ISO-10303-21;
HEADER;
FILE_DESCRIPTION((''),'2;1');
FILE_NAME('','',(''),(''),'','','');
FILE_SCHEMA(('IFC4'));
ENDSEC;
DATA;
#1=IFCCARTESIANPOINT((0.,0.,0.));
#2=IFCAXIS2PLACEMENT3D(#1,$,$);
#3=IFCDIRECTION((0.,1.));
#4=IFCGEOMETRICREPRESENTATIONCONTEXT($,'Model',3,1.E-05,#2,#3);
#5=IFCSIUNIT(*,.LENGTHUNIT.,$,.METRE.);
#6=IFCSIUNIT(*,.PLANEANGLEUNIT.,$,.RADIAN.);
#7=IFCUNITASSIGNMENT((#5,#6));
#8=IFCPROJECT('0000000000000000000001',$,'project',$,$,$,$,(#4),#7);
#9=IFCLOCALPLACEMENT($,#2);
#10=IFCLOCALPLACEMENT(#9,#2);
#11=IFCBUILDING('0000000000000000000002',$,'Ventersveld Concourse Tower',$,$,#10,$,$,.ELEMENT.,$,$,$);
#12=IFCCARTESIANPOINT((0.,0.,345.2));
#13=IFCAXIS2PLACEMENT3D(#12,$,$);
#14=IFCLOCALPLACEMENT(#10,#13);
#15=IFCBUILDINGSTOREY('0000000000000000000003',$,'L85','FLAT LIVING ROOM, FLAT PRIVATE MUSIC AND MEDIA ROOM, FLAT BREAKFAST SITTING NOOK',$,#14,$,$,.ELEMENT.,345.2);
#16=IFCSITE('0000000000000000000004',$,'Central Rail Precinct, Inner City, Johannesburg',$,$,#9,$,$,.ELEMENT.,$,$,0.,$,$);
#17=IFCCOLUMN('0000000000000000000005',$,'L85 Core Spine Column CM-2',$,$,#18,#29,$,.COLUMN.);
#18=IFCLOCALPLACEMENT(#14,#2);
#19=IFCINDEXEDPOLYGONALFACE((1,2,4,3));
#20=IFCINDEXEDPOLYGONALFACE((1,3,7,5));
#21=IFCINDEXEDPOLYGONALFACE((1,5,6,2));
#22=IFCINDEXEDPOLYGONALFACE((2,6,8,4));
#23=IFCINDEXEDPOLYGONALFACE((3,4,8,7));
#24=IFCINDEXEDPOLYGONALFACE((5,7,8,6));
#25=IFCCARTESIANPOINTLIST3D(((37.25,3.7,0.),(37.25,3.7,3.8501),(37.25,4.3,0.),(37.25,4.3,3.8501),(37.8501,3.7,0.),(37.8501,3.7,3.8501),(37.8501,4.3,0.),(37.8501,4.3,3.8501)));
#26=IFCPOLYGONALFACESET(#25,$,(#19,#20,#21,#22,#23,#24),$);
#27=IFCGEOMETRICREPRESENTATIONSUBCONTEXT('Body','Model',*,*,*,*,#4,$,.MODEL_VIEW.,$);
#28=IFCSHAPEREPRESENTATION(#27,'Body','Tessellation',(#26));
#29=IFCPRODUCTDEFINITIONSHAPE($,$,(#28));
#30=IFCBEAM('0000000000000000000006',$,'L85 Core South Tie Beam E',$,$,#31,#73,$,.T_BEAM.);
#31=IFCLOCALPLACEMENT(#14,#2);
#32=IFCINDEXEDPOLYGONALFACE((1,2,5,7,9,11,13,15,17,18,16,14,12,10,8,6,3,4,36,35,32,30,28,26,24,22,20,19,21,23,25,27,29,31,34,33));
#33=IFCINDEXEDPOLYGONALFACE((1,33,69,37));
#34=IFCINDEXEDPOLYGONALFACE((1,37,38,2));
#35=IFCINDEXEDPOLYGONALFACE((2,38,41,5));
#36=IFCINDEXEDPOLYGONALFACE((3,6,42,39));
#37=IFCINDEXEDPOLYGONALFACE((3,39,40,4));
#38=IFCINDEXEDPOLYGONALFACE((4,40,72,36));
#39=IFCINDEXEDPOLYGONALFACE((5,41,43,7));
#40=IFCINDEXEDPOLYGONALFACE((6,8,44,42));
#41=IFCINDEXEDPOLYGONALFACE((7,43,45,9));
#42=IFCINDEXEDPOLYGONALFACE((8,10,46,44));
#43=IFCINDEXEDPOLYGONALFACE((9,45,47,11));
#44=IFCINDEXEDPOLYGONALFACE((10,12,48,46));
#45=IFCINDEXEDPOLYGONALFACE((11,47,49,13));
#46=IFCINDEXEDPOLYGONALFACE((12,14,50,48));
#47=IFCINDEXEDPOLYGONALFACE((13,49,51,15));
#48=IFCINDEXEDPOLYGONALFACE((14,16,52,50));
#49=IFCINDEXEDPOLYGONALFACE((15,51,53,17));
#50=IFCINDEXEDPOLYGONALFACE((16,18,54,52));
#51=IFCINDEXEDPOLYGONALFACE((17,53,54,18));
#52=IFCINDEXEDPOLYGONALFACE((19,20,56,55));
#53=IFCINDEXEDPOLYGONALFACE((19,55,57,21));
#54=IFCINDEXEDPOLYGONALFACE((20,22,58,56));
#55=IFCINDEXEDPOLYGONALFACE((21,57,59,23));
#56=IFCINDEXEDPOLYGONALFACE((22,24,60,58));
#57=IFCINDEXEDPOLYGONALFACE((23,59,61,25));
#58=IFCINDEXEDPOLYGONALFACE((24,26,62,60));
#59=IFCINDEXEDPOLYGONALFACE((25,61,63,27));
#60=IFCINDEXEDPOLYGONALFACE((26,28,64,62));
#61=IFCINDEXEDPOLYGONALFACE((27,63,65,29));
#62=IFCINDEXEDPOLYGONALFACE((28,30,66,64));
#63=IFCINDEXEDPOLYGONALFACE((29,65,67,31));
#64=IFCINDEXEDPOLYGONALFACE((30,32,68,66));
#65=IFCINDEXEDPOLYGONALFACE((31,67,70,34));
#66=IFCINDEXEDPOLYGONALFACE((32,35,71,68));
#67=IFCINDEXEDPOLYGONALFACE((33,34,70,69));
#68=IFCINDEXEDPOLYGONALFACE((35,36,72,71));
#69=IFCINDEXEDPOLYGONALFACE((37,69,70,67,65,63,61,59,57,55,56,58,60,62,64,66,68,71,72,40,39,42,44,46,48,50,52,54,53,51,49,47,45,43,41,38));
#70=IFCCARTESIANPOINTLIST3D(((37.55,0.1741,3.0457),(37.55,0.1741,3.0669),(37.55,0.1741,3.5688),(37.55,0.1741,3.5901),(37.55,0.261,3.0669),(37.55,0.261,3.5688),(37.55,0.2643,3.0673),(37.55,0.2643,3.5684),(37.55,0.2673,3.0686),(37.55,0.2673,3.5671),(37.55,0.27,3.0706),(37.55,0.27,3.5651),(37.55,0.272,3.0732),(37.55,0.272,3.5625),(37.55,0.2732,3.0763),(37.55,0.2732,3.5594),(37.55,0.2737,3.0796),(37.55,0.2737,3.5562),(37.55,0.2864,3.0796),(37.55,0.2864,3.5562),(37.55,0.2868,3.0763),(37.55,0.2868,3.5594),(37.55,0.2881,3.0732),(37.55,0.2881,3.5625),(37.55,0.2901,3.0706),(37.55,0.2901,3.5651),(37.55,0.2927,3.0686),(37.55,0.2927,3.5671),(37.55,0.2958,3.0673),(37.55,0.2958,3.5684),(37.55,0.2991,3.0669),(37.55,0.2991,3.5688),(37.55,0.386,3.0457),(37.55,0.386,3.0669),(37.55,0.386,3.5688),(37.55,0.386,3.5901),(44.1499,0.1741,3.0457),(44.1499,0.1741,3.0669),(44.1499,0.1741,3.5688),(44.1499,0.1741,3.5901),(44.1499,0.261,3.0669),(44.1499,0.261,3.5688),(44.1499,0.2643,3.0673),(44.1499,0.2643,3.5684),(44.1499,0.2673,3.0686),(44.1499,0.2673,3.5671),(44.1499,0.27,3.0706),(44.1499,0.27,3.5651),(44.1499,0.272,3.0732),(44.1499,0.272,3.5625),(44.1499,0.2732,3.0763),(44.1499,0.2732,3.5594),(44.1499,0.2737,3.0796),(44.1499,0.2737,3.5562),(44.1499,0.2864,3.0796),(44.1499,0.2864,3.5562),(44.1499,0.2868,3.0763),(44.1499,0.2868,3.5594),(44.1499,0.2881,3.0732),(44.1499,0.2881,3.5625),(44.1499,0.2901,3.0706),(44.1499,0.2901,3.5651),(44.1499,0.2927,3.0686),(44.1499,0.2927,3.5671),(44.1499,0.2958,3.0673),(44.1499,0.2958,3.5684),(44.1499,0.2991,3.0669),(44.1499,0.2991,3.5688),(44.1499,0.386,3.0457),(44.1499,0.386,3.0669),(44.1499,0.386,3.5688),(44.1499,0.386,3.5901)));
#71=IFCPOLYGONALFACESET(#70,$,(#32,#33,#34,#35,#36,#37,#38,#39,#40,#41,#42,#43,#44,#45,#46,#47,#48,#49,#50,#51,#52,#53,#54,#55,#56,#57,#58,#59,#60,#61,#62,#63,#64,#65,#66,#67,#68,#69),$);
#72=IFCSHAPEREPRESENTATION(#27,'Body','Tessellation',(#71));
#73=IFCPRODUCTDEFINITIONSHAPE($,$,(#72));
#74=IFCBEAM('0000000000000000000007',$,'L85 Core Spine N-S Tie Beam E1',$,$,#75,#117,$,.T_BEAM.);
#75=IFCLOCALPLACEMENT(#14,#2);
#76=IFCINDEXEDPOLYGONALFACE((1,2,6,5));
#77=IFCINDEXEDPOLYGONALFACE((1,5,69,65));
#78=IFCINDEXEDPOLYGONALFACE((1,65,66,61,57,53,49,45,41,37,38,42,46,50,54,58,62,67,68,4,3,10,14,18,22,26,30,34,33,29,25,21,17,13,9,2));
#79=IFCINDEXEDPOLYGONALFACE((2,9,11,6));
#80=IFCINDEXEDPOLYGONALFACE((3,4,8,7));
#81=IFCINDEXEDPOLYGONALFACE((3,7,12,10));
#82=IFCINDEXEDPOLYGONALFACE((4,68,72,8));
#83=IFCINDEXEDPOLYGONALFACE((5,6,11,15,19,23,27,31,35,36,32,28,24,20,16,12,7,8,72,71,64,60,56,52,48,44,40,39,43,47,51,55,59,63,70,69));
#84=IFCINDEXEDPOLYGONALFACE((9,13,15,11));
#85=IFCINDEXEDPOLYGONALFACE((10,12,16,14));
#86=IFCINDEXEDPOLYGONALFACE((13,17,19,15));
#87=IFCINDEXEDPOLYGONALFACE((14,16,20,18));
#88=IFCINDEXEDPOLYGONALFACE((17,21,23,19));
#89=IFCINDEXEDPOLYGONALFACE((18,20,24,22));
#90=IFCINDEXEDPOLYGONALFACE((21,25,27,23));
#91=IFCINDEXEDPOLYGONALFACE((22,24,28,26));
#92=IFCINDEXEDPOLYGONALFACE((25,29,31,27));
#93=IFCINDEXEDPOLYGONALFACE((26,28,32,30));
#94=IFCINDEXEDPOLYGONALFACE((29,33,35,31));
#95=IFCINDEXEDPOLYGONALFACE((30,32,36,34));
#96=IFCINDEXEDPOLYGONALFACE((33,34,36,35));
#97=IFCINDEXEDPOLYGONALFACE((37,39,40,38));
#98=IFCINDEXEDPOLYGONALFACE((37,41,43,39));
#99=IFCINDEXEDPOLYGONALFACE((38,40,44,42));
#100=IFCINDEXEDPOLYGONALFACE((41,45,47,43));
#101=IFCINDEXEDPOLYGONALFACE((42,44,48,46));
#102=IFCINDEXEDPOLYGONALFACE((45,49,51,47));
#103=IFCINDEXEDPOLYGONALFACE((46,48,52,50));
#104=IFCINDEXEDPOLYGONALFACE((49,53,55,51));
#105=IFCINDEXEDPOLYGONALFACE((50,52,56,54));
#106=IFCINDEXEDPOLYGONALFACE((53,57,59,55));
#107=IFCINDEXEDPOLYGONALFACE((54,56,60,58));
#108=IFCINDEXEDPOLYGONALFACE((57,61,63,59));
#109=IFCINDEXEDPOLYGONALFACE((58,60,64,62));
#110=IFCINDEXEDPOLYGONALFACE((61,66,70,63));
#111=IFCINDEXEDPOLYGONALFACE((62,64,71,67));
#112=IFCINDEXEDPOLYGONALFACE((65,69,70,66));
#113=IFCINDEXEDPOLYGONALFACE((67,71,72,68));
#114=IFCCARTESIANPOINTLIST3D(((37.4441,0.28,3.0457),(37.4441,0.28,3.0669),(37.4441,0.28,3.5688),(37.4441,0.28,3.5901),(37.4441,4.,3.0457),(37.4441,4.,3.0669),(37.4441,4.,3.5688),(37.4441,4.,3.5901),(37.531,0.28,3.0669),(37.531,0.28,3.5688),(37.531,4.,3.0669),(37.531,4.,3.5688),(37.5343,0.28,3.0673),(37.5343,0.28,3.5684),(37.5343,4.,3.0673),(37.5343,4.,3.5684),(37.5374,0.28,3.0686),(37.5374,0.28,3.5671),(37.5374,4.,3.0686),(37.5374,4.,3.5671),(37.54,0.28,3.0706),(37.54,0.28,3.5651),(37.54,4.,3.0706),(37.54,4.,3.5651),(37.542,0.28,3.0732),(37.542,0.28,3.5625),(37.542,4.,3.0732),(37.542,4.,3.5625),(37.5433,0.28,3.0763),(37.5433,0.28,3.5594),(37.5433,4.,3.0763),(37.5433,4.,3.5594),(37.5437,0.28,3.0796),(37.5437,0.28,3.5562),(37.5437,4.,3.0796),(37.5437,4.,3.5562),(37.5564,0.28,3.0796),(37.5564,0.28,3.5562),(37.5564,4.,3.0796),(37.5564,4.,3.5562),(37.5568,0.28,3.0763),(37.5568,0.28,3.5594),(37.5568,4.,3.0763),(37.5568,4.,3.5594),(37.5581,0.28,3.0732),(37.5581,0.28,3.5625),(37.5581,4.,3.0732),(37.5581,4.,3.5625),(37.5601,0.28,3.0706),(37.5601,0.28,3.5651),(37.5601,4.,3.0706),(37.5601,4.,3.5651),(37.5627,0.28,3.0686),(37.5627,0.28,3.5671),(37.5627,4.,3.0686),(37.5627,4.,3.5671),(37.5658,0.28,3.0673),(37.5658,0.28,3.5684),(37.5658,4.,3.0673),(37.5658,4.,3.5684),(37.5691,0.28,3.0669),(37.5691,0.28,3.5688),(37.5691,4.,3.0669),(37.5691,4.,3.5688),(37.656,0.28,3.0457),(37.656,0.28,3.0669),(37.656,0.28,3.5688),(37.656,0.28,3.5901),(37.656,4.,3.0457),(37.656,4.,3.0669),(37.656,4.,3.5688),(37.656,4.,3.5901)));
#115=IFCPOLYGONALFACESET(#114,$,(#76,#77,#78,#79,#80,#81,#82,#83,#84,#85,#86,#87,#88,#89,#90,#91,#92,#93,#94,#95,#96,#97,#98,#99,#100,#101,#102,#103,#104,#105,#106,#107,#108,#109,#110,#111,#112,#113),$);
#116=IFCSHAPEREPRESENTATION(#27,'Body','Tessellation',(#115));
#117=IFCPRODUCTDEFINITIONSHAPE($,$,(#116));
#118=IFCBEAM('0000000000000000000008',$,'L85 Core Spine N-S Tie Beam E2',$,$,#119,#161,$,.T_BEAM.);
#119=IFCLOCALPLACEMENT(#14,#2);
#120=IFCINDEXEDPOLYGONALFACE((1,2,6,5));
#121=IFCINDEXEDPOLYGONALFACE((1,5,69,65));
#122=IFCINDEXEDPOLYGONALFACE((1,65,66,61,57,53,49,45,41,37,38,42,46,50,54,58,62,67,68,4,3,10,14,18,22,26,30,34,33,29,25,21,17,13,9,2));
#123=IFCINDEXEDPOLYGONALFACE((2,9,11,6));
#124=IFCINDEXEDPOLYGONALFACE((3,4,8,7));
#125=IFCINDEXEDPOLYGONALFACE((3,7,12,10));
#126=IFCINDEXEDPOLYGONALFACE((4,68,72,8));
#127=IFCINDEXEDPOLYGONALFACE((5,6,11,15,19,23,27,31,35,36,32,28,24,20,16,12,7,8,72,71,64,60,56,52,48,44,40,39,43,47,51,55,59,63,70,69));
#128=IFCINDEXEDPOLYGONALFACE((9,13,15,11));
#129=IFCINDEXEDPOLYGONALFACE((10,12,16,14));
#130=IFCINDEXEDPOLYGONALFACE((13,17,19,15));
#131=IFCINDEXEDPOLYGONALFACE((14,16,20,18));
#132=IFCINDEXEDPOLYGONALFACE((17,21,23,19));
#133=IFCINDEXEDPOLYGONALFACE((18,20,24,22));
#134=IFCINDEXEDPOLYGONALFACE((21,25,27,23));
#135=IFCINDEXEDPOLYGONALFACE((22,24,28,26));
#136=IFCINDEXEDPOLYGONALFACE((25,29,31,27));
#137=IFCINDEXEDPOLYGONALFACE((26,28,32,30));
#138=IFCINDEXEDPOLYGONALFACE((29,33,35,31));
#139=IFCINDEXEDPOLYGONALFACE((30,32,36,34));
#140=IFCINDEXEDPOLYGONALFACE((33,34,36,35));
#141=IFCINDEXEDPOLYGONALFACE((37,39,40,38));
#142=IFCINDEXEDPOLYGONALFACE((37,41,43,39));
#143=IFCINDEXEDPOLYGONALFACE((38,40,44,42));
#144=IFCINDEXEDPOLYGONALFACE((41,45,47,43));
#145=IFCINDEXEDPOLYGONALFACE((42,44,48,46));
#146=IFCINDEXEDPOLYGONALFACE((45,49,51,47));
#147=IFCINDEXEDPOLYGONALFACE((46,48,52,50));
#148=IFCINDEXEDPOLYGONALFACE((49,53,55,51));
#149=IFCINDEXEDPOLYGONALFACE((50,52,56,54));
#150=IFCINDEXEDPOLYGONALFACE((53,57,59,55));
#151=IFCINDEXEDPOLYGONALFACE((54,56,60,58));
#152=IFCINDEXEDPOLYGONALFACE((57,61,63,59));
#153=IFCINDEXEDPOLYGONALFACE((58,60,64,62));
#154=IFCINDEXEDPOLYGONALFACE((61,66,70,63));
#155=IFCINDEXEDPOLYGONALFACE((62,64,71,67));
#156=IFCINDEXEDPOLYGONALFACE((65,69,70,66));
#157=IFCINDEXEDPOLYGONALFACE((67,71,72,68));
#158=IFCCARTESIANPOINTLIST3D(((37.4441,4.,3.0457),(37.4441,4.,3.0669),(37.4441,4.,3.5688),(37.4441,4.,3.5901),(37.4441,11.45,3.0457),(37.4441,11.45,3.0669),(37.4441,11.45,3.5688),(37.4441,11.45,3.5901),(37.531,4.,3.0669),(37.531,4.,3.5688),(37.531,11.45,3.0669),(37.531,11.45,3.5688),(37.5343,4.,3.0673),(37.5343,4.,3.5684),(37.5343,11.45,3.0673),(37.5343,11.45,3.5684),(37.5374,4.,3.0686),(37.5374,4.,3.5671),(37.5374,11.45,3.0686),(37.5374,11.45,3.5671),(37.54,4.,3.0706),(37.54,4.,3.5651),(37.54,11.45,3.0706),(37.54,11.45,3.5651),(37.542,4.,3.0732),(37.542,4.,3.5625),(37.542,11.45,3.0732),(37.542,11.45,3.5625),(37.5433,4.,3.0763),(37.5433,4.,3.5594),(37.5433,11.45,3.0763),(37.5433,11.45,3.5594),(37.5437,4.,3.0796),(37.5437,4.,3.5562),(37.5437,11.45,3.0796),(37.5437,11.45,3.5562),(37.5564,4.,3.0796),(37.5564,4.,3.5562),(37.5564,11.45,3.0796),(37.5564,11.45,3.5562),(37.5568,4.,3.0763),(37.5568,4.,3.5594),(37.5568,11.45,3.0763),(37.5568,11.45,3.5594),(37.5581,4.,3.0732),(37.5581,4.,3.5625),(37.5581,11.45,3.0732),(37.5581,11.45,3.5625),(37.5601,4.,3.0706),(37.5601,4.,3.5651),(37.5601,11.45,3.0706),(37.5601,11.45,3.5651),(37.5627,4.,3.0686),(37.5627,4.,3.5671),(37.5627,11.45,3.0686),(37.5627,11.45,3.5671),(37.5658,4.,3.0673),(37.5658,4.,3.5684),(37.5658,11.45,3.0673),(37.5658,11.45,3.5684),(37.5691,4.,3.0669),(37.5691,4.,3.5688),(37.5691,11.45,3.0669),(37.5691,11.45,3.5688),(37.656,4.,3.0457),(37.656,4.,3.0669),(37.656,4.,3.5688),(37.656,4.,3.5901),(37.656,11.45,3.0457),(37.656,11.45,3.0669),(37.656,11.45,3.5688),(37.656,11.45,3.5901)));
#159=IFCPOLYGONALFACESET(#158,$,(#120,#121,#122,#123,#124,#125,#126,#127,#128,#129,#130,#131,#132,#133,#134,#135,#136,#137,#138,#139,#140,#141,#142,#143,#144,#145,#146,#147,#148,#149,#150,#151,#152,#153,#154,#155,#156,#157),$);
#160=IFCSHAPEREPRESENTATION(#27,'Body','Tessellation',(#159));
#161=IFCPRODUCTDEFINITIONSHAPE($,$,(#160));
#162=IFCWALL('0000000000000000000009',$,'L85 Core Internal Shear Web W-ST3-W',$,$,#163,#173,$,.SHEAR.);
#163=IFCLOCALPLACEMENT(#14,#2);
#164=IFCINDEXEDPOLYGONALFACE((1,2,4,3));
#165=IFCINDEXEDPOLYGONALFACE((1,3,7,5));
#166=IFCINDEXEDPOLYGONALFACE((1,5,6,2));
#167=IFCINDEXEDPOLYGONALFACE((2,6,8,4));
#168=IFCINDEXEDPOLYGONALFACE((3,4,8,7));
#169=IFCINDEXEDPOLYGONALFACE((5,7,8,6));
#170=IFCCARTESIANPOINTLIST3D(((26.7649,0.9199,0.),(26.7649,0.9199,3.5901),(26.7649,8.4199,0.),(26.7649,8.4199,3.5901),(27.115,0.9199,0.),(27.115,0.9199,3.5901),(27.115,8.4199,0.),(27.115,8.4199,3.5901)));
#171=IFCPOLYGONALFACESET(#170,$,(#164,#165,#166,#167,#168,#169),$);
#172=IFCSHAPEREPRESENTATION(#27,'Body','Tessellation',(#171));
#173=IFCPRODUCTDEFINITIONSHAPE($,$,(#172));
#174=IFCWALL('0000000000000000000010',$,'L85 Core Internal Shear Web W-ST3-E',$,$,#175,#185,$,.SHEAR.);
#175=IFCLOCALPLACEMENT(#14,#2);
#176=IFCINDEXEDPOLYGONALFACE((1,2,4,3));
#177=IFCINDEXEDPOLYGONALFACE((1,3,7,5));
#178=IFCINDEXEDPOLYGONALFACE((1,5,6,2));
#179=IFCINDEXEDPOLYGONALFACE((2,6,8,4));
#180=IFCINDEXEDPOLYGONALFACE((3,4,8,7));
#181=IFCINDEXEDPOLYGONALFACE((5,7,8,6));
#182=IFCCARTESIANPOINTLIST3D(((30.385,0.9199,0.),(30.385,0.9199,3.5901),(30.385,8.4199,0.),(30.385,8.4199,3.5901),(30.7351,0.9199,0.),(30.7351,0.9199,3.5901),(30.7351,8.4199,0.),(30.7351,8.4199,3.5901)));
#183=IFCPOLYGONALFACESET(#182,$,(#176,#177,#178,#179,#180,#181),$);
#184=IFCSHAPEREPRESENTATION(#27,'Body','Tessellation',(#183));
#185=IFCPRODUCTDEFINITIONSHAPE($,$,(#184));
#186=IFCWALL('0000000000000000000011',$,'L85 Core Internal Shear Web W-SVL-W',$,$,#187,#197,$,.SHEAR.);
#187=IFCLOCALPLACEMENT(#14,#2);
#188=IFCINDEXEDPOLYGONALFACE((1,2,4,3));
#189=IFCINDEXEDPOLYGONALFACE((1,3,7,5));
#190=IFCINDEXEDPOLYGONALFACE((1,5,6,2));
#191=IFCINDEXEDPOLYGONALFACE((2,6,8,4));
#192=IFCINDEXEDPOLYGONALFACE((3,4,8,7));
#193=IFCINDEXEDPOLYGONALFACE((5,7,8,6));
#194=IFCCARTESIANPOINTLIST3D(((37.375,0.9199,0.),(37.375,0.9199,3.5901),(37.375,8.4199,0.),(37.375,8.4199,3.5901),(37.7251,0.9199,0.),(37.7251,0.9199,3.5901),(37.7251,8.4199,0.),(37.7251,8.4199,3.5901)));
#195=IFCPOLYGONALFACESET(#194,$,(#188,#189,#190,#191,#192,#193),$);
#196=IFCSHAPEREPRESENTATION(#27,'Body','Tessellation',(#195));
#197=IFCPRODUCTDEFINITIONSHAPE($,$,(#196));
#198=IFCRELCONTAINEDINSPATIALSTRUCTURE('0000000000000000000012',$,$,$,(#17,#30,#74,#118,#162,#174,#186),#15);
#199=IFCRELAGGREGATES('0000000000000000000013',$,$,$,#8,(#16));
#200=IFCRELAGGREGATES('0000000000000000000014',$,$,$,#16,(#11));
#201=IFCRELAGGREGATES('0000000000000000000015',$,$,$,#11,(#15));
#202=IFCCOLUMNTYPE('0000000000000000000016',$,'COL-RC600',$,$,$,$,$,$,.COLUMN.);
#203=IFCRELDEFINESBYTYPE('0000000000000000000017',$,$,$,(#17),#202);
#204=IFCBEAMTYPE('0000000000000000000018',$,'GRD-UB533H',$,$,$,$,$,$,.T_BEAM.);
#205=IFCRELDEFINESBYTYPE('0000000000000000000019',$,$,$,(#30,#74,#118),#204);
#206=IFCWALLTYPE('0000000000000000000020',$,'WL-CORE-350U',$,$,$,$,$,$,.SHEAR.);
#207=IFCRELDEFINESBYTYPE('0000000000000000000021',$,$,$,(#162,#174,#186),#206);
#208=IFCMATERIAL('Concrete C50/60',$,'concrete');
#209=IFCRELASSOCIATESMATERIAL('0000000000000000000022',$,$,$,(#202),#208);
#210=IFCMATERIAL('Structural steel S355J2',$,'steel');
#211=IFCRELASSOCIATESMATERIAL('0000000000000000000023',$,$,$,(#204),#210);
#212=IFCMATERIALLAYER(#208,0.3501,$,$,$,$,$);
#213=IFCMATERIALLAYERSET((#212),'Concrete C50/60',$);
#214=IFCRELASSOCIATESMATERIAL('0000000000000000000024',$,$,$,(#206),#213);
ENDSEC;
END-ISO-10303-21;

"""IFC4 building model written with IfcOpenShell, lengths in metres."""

from ifc_helpers import new_model, si_unit, direction, frame, frame_2d, origin, origin_2d, place, context, subcontext, project, spatial, rectangle, i_section, extrude, material, layer, layer_set, material_profile, profile_set, type_object, element, save


model = new_model("IFC4")

# Units and contexts
model_context = context("Model", 3, precision=1e-05, world=origin(), true_north=direction((0.0, 1.0)))
body_context = subcontext(model_context, "Body", "Model", "MODEL_VIEW")
ifc_project = project(units=[si_unit("LENGTHUNIT", "METRE"), si_unit("PLANEANGLEUNIT", "RADIAN")], contexts=[model_context])

# Site, building, storey
site_placement = place(None, origin())
site = spatial("IfcSite", under=ifc_project, at=site_placement, Name="Central Rail Precinct, Inner City, Johannesburg", CompositionType="ELEMENT", RefElevation=0.0)
building_placement = place(site_placement, origin())
building = spatial("IfcBuilding", under=site, at=building_placement, Name="Ventersveld Concourse Tower", CompositionType="ELEMENT")
storey_placement = place(building_placement, frame((0.0, 0.0, 345.2)))
storey = spatial("IfcBuildingStorey", under=building, at=storey_placement, Name="L85", Description="FLAT LIVING ROOM, FLAT PRIVATE MUSIC AND MEDIA ROOM, FLAT BREAKFAST SITTING NOOK", CompositionType="ELEMENT", Elevation=345.2)

# Column
ifc_material_1 = material(Name="Concrete C50/60", Category="concrete")
ifc_material_profile_1 = material_profile(ifc_material_1, rectangle(XDim=0.6001, YDim=0.6001, at=origin_2d()), Name="RC 600x600")
ifc_profile_set_1 = profile_set([ifc_material_profile_1], Name="Concrete C50/60")
column_type = type_object("IfcColumnType", Name="COL-RC600", PredefinedType="COLUMN", material=ifc_profile_set_1)
column_placement = place(storey_placement, frame((37.55, 4.0, 0.0), z_axis=(0.0, 0.0, 1.0), x_axis=(1.0, 0.0, 0.0)))
element("IfcColumn", 1, at=column_placement, inside=storey, type_object=column_type, Name="L85 Core Spine Column CM-2", PredefinedType="COLUMN", context=body_context, shape_type="SweptSolid", body=[
    extrude(rectangle(XDim=0.6001, YDim=0.6001, at=origin_2d()), origin(), (0.0, 0.0, 1.0), 3.8501),
])

# Beams
ifc_material_2 = material(Name="Structural steel S355J2", Category="steel")
ifc_material_profile_2 = material_profile(ifc_material_2, i_section(OverallWidth=0.2119, OverallDepth=0.5444, WebThickness=0.0127, FlangeThickness=0.0212, FilletRadius=0.0127, at=origin_2d()), Name="UB 533x210x122")
ifc_profile_set_2 = profile_set([ifc_material_profile_2], Name="Structural steel S355J2")
beam_type = type_object("IfcBeamType", Name="GRD-UB533H", PredefinedType="T_BEAM", material=ifc_profile_set_2)
beam_1_placement = place(storey_placement, frame((37.55, 0.28, 3.3179), z_axis=(1.0, 0.0, 0.0), x_axis=(0.0, 1.0, 0.0)))
element("IfcBeam", 2, at=beam_1_placement, inside=storey, type_object=beam_type, Name="L85 Core South Tie Beam E", PredefinedType="T_BEAM", context=body_context, shape_type="SweptSolid", body=[
    extrude(i_section(OverallWidth=0.2119, OverallDepth=0.5444, WebThickness=0.0127, FlangeThickness=0.0212, FilletRadius=0.0127, at=origin_2d()), origin(), (0.0, 0.0, 1.0), 6.5999),
])
beam_2_placement = place(storey_placement, frame((37.55, 0.28, 3.3179), z_axis=(0.0, 1.0, 0.0), x_axis=(-1.0, 0.0, 0.0)))
element("IfcBeam", 3, at=beam_2_placement, inside=storey, type_object=beam_type, Name="L85 Core Spine N-S Tie Beam E1", PredefinedType="T_BEAM", context=body_context, shape_type="SweptSolid", body=[
    extrude(i_section(OverallWidth=0.2119, OverallDepth=0.5444, WebThickness=0.0127, FlangeThickness=0.0212, FilletRadius=0.0127, at=origin_2d()), origin(), (0.0, 0.0, 1.0), 3.72),
])
beam_3_placement = place(storey_placement, frame((37.55, 4.0, 3.3179), z_axis=(0.0, 1.0, 0.0), x_axis=(-1.0, 0.0, 0.0)))
element("IfcBeam", 4, at=beam_3_placement, inside=storey, type_object=beam_type, Name="L85 Core Spine N-S Tie Beam E2", PredefinedType="T_BEAM", context=body_context, shape_type="SweptSolid", body=[
    extrude(i_section(OverallWidth=0.2119, OverallDepth=0.5444, WebThickness=0.0127, FlangeThickness=0.0212, FilletRadius=0.0127, at=origin_2d()), origin(), (0.0, 0.0, 1.0), 7.45),
])

# Walls
ifc_layer_1 = layer(ifc_material_1, 0.3501)
ifc_layer_set_1 = layer_set([ifc_layer_1], Name="Concrete C50/60")
wall_type_1 = type_object("IfcWallType", Name="WL-CORE-350U", PredefinedType="SHEAR", material=ifc_layer_set_1)
for number, where, z_axis, x_axis, name in (
    (5, (26.9399, 0.9199, 0.0), (0.0, 0.0, 1.0), (0.0, 1.0, 0.0), "L85 Core Internal Shear Web W-ST3-W"),
    (6, (30.5601, 0.9199, 0.0), (0.0, 0.0, 1.0), (0.0, 1.0, 0.0), "L85 Core Internal Shear Web W-ST3-E"),
    (7, (37.55, 0.9199, 0.0), (0.0, 0.0, 1.0), (0.0, 1.0, 0.0), "L85 Core Internal Shear Web W-SVL-W"),
):
    element("IfcWall", number, at=place(storey_placement, frame(where, z_axis=z_axis, x_axis=x_axis)), inside=storey, type_object=wall_type_1, Name=name, PredefinedType="SHEAR", context=body_context, shape_type="SweptSolid", body=[
        extrude(rectangle(XDim=7.5, YDim=0.3501, at=frame_2d((3.75, 0.0))), origin(), (0.0, 0.0, 1.0), 3.5901),
    ])

save(model, "model.ifc")
